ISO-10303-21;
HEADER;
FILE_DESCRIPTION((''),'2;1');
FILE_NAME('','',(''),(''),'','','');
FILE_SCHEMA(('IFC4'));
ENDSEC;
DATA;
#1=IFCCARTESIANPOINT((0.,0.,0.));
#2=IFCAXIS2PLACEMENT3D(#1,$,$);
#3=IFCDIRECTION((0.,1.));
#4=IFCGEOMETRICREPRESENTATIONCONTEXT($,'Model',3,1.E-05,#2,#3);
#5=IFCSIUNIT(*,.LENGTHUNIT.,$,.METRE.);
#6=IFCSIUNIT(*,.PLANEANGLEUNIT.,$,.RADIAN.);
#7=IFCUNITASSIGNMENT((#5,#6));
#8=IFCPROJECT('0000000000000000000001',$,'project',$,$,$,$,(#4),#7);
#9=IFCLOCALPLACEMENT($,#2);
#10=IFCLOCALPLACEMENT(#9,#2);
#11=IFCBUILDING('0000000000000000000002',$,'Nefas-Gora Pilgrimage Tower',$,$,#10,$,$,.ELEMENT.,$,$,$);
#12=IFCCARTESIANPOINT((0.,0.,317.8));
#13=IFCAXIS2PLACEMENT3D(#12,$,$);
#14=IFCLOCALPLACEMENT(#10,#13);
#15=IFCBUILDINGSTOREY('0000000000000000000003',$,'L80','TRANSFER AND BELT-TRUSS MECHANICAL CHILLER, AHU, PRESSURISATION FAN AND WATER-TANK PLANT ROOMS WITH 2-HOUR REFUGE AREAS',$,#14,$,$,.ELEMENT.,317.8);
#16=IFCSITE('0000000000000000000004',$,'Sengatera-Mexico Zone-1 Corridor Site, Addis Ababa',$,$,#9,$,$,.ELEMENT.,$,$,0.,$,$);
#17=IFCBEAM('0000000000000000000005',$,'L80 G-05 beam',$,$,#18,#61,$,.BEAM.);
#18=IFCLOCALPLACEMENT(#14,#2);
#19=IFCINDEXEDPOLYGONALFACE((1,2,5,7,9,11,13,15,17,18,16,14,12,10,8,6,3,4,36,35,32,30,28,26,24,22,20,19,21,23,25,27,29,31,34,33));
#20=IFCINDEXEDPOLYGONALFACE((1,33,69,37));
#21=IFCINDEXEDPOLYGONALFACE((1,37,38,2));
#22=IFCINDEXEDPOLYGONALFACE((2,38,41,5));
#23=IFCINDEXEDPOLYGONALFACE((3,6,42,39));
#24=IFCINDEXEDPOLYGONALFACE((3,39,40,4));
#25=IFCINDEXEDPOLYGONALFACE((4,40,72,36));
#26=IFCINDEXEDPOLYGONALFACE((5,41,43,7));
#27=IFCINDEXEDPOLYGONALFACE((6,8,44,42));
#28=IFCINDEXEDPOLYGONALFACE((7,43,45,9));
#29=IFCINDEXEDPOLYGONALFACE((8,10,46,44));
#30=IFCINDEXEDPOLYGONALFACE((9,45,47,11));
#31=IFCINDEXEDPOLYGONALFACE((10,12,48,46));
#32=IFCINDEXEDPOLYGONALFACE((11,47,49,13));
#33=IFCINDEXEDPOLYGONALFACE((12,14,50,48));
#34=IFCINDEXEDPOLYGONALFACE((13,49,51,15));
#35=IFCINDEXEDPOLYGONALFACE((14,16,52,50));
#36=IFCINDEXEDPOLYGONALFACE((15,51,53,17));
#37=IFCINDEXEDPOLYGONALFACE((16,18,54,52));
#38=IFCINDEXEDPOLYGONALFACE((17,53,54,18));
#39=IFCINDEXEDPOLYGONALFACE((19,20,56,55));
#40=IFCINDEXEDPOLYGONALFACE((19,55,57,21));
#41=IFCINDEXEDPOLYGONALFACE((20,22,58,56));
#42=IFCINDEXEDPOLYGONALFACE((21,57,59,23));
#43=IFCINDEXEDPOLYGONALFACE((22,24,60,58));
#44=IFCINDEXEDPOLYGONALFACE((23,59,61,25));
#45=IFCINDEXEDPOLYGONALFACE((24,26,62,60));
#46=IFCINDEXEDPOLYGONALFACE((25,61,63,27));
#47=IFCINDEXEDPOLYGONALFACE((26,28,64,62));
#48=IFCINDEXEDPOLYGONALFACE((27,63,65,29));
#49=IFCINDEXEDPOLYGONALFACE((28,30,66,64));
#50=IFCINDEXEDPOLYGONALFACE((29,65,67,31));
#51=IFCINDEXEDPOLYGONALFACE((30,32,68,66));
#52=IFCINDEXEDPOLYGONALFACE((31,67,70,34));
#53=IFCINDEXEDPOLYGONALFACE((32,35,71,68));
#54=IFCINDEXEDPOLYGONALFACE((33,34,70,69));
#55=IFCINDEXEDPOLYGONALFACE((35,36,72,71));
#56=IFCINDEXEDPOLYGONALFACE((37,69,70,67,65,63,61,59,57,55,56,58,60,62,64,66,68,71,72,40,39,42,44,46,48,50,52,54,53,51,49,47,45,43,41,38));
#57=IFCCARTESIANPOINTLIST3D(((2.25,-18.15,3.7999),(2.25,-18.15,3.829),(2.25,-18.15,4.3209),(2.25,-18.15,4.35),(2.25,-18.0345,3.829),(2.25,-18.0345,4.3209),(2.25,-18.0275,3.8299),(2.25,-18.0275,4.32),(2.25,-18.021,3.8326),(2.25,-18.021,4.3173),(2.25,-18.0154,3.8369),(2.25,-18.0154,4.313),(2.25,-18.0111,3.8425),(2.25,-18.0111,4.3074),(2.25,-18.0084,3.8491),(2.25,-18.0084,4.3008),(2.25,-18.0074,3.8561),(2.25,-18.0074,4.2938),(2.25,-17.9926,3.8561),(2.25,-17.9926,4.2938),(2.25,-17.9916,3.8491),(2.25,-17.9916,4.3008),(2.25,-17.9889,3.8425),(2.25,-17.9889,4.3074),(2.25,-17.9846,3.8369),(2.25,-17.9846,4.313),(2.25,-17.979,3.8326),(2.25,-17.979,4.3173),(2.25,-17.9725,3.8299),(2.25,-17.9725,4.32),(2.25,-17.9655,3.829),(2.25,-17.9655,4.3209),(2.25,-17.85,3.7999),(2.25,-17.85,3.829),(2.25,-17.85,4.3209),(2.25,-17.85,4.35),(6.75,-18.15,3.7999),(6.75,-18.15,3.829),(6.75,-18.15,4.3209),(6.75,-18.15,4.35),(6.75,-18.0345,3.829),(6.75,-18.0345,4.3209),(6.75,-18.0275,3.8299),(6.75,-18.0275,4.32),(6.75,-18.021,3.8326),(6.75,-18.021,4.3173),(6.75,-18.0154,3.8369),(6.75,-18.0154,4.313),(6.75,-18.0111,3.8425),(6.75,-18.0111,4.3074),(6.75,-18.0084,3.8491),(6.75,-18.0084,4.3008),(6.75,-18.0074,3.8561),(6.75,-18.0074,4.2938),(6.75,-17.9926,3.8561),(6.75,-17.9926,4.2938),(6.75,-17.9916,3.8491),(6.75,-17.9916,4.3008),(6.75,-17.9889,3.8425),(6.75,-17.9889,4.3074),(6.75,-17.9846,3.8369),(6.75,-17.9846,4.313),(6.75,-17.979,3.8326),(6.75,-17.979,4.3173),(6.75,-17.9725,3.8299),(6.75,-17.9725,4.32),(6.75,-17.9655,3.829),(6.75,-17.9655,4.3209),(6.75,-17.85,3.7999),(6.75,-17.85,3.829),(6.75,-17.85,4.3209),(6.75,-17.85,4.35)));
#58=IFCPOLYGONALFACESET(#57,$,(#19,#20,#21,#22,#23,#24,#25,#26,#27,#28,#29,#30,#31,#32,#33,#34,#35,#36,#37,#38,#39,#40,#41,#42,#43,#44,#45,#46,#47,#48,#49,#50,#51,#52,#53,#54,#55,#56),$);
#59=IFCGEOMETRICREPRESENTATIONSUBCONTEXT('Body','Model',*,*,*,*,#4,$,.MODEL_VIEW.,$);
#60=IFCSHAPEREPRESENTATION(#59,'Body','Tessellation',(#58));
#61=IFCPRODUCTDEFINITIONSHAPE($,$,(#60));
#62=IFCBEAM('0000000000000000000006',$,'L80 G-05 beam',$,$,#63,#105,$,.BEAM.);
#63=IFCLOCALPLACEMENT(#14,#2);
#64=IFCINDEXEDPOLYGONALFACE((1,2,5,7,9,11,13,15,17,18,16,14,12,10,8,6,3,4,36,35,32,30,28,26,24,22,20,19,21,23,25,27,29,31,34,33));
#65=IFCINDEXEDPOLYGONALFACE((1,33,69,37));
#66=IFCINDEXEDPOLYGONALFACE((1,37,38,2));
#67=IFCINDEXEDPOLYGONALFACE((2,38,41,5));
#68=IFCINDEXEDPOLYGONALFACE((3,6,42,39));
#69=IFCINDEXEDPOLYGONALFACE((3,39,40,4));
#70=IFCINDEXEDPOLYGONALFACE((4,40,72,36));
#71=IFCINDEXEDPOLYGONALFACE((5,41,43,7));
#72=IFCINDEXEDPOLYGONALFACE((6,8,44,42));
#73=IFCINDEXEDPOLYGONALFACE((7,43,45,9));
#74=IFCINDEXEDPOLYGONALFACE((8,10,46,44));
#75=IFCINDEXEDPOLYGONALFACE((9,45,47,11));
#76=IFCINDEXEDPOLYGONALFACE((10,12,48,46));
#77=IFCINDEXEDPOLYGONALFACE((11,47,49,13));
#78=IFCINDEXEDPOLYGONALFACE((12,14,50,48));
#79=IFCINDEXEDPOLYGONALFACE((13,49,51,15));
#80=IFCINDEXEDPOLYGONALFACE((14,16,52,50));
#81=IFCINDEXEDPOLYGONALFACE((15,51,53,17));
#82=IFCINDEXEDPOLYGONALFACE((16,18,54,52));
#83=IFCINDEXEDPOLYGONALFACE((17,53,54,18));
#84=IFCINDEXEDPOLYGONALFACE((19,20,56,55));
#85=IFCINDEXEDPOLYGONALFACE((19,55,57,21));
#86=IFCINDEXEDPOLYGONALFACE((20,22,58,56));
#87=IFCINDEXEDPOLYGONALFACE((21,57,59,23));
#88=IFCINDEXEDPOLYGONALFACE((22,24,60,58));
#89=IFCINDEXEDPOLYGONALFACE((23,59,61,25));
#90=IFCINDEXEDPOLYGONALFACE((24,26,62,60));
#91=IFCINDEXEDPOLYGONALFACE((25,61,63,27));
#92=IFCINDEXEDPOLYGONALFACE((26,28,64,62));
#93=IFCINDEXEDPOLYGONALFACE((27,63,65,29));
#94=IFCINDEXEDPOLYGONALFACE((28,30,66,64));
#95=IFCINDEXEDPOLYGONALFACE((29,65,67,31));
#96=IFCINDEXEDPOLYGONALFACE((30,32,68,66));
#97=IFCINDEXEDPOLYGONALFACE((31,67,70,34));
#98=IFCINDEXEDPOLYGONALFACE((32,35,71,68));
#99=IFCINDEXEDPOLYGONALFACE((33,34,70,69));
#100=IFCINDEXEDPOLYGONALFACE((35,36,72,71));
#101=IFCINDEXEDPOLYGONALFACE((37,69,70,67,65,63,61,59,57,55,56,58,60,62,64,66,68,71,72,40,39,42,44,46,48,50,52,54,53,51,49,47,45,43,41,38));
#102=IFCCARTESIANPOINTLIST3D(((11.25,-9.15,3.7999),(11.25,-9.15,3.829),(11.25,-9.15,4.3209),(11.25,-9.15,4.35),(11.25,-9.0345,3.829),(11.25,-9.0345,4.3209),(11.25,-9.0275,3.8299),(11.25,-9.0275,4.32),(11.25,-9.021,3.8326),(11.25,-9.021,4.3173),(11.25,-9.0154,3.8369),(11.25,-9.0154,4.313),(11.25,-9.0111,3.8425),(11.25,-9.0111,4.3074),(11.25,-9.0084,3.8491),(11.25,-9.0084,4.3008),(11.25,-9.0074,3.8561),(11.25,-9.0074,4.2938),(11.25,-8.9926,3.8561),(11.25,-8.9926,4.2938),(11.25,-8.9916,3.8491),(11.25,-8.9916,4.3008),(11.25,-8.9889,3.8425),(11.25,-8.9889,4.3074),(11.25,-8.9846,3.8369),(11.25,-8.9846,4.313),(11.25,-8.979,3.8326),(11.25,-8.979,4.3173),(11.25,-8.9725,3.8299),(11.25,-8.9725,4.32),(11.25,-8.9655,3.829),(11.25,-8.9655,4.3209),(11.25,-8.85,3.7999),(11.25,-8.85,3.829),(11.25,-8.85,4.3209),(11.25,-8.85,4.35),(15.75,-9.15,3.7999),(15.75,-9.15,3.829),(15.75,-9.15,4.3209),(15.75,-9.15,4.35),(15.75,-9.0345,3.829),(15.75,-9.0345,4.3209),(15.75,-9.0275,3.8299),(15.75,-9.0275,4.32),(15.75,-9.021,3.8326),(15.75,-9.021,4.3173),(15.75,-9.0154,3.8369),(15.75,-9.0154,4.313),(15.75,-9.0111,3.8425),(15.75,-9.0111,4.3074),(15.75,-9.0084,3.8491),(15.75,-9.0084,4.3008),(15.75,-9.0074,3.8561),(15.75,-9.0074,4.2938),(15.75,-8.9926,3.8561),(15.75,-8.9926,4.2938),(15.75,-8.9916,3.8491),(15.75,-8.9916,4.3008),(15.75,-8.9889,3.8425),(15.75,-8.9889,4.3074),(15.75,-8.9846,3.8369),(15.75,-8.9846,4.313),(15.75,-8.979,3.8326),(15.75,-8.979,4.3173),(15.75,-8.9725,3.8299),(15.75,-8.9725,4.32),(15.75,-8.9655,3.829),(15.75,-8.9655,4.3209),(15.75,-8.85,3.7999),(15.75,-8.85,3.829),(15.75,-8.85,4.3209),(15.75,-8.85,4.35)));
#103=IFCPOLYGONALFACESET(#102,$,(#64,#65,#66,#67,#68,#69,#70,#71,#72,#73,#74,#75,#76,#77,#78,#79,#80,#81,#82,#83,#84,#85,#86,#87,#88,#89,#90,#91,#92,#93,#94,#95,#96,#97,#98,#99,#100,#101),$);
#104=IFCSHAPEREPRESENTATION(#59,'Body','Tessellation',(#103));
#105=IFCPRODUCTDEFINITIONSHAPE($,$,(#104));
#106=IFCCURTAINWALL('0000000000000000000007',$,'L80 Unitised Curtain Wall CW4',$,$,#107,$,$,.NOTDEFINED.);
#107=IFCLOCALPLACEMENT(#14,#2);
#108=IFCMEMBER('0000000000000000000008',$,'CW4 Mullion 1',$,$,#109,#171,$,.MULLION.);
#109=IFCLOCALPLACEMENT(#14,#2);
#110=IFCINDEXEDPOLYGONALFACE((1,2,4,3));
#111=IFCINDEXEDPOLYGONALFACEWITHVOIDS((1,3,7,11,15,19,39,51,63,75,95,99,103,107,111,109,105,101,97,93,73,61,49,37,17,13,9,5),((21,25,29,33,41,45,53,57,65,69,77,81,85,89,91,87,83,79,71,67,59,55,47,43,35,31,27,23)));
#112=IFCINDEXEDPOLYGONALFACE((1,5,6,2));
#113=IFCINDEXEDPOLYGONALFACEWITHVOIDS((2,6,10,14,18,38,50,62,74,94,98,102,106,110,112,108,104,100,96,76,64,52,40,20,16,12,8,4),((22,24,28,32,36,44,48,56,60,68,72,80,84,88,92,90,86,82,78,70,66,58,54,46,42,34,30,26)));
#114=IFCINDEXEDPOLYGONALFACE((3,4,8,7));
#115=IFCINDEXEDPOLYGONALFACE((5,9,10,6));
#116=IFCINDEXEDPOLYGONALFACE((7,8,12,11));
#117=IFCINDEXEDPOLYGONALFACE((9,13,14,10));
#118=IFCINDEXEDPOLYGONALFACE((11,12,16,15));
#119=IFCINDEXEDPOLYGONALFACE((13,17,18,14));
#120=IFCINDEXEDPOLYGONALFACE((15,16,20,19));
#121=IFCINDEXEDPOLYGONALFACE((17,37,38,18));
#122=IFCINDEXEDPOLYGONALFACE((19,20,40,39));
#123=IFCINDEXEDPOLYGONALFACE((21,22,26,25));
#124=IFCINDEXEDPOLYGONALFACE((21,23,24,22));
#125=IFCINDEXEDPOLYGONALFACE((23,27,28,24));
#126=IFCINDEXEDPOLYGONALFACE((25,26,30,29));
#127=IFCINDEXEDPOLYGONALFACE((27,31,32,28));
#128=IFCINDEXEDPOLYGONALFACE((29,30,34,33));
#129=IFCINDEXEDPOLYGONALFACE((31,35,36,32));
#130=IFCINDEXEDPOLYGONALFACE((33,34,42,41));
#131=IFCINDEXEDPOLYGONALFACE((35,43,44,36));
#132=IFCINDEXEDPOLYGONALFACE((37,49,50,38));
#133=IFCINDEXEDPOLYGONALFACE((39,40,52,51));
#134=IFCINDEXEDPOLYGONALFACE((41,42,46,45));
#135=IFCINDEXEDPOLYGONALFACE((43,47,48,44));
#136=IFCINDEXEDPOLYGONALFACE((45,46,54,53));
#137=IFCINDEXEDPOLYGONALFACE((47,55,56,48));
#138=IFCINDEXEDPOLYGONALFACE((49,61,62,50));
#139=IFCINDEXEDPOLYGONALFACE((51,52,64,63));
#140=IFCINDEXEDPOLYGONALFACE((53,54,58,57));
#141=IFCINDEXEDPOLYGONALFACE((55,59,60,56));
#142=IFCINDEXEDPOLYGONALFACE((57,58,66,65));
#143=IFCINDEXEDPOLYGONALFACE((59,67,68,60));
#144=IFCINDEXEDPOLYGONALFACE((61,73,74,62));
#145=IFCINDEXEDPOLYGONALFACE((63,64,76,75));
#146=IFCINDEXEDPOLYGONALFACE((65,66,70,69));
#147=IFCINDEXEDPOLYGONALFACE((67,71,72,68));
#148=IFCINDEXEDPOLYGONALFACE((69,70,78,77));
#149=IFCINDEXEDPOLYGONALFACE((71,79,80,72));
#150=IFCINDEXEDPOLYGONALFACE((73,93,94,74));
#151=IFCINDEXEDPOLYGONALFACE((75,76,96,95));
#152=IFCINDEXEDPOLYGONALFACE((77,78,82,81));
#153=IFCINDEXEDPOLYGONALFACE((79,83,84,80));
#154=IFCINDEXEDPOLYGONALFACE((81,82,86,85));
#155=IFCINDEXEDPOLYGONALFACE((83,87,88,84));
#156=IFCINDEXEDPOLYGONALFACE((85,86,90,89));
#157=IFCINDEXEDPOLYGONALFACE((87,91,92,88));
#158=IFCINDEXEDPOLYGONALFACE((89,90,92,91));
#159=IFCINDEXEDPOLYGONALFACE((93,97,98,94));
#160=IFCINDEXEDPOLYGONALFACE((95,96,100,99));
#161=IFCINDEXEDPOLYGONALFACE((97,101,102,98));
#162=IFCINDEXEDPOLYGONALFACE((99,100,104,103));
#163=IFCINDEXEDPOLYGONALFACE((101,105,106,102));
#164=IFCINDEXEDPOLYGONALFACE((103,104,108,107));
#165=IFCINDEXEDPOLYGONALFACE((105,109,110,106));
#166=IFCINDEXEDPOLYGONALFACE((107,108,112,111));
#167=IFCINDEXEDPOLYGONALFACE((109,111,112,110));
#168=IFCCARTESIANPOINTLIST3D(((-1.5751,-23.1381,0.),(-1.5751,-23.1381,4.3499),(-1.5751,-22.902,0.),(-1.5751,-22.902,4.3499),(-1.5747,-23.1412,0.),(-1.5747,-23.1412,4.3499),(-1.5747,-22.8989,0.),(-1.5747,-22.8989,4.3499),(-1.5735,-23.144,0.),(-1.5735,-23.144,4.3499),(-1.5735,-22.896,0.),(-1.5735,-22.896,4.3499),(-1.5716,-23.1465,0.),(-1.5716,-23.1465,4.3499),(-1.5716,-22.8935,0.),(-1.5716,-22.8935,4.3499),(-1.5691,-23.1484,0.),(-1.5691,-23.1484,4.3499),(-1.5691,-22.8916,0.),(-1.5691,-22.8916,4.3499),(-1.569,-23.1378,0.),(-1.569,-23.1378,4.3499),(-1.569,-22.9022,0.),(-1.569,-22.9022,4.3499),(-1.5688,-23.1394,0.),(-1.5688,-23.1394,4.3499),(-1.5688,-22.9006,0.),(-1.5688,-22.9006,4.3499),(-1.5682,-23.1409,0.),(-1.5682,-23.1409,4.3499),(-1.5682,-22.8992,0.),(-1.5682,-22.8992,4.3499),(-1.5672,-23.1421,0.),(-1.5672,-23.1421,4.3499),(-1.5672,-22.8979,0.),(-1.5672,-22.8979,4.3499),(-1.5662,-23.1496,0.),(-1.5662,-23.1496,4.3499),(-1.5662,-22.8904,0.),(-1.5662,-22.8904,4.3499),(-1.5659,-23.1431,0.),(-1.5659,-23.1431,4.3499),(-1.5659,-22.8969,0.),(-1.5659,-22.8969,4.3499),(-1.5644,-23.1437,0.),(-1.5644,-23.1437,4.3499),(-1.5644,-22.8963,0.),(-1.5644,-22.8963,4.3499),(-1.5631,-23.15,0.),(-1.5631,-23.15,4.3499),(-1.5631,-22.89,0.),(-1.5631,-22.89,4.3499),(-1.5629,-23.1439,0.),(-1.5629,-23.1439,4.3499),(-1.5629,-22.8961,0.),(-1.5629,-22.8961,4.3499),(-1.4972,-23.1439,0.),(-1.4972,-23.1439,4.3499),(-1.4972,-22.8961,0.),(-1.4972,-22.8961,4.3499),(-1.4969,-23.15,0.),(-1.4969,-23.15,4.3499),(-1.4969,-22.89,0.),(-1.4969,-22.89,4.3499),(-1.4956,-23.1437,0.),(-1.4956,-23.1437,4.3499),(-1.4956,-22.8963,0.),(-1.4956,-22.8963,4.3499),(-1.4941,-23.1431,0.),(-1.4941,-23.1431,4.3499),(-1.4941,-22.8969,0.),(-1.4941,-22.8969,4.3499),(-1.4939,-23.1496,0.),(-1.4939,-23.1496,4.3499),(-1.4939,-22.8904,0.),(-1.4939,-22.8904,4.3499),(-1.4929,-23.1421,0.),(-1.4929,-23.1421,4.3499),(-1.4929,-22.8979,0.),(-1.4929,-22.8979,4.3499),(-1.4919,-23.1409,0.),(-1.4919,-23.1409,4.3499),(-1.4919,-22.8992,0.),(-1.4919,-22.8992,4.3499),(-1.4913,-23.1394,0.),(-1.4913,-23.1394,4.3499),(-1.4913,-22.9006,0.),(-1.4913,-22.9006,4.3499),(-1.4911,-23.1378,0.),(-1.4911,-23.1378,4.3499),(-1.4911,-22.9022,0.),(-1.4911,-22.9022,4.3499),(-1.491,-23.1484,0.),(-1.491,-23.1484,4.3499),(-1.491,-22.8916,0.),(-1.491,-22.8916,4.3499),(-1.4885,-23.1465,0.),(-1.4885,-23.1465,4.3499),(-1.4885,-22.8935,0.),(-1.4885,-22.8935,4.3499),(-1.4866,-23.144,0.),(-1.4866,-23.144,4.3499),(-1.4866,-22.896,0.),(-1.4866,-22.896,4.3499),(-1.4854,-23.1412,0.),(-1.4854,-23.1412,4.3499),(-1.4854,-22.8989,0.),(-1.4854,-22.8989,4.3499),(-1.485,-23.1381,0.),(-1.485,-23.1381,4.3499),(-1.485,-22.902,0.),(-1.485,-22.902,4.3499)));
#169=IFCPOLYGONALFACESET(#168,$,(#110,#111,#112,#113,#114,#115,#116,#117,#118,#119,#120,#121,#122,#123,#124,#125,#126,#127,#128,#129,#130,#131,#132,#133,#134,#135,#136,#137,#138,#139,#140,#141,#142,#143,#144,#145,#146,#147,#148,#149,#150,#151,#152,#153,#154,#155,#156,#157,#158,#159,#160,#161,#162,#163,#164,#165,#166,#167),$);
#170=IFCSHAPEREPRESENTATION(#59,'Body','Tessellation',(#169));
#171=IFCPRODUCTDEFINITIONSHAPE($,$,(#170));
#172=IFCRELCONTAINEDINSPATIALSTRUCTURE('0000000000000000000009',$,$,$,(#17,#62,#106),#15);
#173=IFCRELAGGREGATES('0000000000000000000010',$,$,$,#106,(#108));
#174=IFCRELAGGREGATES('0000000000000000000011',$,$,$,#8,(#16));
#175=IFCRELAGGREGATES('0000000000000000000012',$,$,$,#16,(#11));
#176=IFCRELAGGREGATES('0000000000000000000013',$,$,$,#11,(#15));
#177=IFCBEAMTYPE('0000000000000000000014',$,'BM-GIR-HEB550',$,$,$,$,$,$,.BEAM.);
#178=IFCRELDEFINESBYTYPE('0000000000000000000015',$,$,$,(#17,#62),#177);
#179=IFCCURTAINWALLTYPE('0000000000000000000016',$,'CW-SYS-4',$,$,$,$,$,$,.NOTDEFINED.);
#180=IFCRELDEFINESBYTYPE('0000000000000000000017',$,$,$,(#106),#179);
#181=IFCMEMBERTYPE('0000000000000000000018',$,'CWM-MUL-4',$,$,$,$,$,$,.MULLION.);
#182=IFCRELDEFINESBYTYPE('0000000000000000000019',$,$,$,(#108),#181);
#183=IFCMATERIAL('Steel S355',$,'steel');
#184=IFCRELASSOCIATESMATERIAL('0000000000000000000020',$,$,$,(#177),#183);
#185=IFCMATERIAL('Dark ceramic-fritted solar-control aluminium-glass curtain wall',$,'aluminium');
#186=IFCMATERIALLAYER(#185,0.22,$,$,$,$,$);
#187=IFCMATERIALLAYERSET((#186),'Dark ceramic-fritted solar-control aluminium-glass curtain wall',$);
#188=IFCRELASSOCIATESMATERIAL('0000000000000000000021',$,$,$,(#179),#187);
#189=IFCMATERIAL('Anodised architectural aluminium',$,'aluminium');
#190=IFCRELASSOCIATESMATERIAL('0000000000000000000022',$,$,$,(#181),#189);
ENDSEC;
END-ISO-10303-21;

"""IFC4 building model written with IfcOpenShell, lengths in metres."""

from ifc_helpers import new_model, si_unit, direction, frame, origin, origin_2d, place, context, subcontext, project, spatial, hollow_rectangle, i_section, extrude, source, transform, mapped, material, layer, layer_set, material_profile, profile_set, type_object, element, aggregate, save


model = new_model("IFC4")

# Units and contexts
model_context = context("Model", 3, precision=1e-05, world=origin(), true_north=direction((0.0, 1.0)))
body_context = subcontext(model_context, "Body", "Model", "MODEL_VIEW")
ifc_project = project(units=[si_unit("LENGTHUNIT", "METRE"), si_unit("PLANEANGLEUNIT", "RADIAN")], contexts=[model_context])

# Site, building, storey
site_placement = place(None, origin())
site = spatial("IfcSite", under=ifc_project, at=site_placement, Name="Sengatera-Mexico Zone-1 Corridor Site, Addis Ababa", CompositionType="ELEMENT", RefElevation=0.0)
building_placement = place(site_placement, origin())
building = spatial("IfcBuilding", under=site, at=building_placement, Name="Nefas-Gora Pilgrimage Tower", CompositionType="ELEMENT")
storey_placement = place(building_placement, frame((0.0, 0.0, 317.8)))
storey = spatial("IfcBuildingStorey", under=building, at=storey_placement, Name="L80", Description="TRANSFER AND BELT-TRUSS MECHANICAL CHILLER, AHU, PRESSURISATION FAN AND WATER-TANK PLANT ROOMS WITH 2-HOUR REFUGE AREAS", CompositionType="ELEMENT", Elevation=317.8)

# Shared definitions
ifc_material_1 = material(Name="Steel S355", Category="steel")

# Beams
ifc_material_profile_1 = material_profile(ifc_material_1, i_section(OverallWidth=0.3, OverallDepth=0.55, WebThickness=0.0149, FlangeThickness=0.0291, FilletRadius=0.0271, at=origin_2d()), Name="HEB 550")
ifc_profile_set_1 = profile_set([ifc_material_profile_1], Name="Steel S355")
beam_type_1 = type_object("IfcBeamType", Name="BM-GIR-HEB550", PredefinedType="BEAM", material=ifc_profile_set_1)
shared_shape_1 = source(origin(), body_context, "Body", "SweptSolid", [
    extrude(i_section(OverallWidth=0.3, OverallDepth=0.55, WebThickness=0.0149, FlangeThickness=0.0291, FilletRadius=0.0271, at=origin_2d()), origin(), (0.0, 0.0, 1.0), 4.5),
])
for number, where, z_axis, x_axis, name in (
    (1, (2.25, -18.0, 4.075), (1.0, 0.0, 0.0), (0.0, 1.0, 0.0), "L80 G-05 beam"),
    (2, (11.25, -9.0, 4.075), (1.0, 0.0, 0.0), (0.0, 1.0, 0.0), "L80 G-05 beam"),
):
    element("IfcBeam", number, at=place(storey_placement, frame(where, z_axis=z_axis, x_axis=x_axis)), inside=storey, type_object=beam_type_1, Name=name, PredefinedType="BEAM", context=body_context, shape_type="MappedRepresentation", body=[
        mapped(shared_shape_1, transform((0.0, 0.0, 0.0), x_axis=(1.0, 0.0, 0.0), y_axis=(0.0, 1.0, 0.0), z_axis=(0.0, 0.0, 1.0), scale=1.0)),
    ])

# Curtain wall, member
ifc_material_2 = material(Name="Dark ceramic-fritted solar-control aluminium-glass curtain wall", Category="aluminium")
ifc_layer_1 = layer(ifc_material_2, 0.22)
ifc_layer_set_1 = layer_set([ifc_layer_1], Name="Dark ceramic-fritted solar-control aluminium-glass curtain wall")
curtain_wall_type = type_object("IfcCurtainWallType", Name="CW-SYS-4", PredefinedType="NOTDEFINED", material=ifc_layer_set_1)
curtain_wall_placement = place(storey_placement, origin())
curtain_wall = element("IfcCurtainWall", 3, at=curtain_wall_placement, inside=storey, type_object=curtain_wall_type, Name="L80 Unitised Curtain Wall CW4", PredefinedType="NOTDEFINED")
ifc_material_3 = material(Name="Anodised architectural aluminium", Category="aluminium")
ifc_material_profile_2 = material_profile(ifc_material_3, hollow_rectangle(XDim=0.0901, YDim=0.26, WallThickness=0.0061, InnerFilletRadius=0.0061, OuterFilletRadius=0.012, at=origin_2d()), Name="ALU MULLION 90x260")
ifc_profile_set_2 = profile_set([ifc_material_profile_2], Name="Anodised architectural aluminium")
member_type_1 = type_object("IfcMemberType", Name="CWM-MUL-4", PredefinedType="MULLION", material=ifc_profile_set_2)
shared_shape_2 = source(origin(), body_context, "Body", "SweptSolid", [
    extrude(hollow_rectangle(XDim=0.0901, YDim=0.26, WallThickness=0.0061, InnerFilletRadius=0.0061, OuterFilletRadius=0.012, at=origin_2d()), origin(), (0.0, 0.0, 1.0), 4.3499),
])
member_1_placement = place(storey_placement, frame((-1.53, -23.02, 0.0), z_axis=(0.0, 0.0, 1.0), x_axis=(1.0, 0.0, 0.0)))
member_1 = element("IfcMember", 4, at=member_1_placement, type_object=member_type_1, Name="CW4 Mullion 1", PredefinedType="MULLION", context=body_context, shape_type="MappedRepresentation", body=[
    mapped(shared_shape_2, transform((0.0, 0.0, 0.0), x_axis=(1.0, 0.0, 0.0), y_axis=(0.0, 1.0, 0.0), z_axis=(0.0, 0.0, 1.0), scale=1.0)),
])
aggregate(curtain_wall, [member_1])

save(model, "model.ifc")
